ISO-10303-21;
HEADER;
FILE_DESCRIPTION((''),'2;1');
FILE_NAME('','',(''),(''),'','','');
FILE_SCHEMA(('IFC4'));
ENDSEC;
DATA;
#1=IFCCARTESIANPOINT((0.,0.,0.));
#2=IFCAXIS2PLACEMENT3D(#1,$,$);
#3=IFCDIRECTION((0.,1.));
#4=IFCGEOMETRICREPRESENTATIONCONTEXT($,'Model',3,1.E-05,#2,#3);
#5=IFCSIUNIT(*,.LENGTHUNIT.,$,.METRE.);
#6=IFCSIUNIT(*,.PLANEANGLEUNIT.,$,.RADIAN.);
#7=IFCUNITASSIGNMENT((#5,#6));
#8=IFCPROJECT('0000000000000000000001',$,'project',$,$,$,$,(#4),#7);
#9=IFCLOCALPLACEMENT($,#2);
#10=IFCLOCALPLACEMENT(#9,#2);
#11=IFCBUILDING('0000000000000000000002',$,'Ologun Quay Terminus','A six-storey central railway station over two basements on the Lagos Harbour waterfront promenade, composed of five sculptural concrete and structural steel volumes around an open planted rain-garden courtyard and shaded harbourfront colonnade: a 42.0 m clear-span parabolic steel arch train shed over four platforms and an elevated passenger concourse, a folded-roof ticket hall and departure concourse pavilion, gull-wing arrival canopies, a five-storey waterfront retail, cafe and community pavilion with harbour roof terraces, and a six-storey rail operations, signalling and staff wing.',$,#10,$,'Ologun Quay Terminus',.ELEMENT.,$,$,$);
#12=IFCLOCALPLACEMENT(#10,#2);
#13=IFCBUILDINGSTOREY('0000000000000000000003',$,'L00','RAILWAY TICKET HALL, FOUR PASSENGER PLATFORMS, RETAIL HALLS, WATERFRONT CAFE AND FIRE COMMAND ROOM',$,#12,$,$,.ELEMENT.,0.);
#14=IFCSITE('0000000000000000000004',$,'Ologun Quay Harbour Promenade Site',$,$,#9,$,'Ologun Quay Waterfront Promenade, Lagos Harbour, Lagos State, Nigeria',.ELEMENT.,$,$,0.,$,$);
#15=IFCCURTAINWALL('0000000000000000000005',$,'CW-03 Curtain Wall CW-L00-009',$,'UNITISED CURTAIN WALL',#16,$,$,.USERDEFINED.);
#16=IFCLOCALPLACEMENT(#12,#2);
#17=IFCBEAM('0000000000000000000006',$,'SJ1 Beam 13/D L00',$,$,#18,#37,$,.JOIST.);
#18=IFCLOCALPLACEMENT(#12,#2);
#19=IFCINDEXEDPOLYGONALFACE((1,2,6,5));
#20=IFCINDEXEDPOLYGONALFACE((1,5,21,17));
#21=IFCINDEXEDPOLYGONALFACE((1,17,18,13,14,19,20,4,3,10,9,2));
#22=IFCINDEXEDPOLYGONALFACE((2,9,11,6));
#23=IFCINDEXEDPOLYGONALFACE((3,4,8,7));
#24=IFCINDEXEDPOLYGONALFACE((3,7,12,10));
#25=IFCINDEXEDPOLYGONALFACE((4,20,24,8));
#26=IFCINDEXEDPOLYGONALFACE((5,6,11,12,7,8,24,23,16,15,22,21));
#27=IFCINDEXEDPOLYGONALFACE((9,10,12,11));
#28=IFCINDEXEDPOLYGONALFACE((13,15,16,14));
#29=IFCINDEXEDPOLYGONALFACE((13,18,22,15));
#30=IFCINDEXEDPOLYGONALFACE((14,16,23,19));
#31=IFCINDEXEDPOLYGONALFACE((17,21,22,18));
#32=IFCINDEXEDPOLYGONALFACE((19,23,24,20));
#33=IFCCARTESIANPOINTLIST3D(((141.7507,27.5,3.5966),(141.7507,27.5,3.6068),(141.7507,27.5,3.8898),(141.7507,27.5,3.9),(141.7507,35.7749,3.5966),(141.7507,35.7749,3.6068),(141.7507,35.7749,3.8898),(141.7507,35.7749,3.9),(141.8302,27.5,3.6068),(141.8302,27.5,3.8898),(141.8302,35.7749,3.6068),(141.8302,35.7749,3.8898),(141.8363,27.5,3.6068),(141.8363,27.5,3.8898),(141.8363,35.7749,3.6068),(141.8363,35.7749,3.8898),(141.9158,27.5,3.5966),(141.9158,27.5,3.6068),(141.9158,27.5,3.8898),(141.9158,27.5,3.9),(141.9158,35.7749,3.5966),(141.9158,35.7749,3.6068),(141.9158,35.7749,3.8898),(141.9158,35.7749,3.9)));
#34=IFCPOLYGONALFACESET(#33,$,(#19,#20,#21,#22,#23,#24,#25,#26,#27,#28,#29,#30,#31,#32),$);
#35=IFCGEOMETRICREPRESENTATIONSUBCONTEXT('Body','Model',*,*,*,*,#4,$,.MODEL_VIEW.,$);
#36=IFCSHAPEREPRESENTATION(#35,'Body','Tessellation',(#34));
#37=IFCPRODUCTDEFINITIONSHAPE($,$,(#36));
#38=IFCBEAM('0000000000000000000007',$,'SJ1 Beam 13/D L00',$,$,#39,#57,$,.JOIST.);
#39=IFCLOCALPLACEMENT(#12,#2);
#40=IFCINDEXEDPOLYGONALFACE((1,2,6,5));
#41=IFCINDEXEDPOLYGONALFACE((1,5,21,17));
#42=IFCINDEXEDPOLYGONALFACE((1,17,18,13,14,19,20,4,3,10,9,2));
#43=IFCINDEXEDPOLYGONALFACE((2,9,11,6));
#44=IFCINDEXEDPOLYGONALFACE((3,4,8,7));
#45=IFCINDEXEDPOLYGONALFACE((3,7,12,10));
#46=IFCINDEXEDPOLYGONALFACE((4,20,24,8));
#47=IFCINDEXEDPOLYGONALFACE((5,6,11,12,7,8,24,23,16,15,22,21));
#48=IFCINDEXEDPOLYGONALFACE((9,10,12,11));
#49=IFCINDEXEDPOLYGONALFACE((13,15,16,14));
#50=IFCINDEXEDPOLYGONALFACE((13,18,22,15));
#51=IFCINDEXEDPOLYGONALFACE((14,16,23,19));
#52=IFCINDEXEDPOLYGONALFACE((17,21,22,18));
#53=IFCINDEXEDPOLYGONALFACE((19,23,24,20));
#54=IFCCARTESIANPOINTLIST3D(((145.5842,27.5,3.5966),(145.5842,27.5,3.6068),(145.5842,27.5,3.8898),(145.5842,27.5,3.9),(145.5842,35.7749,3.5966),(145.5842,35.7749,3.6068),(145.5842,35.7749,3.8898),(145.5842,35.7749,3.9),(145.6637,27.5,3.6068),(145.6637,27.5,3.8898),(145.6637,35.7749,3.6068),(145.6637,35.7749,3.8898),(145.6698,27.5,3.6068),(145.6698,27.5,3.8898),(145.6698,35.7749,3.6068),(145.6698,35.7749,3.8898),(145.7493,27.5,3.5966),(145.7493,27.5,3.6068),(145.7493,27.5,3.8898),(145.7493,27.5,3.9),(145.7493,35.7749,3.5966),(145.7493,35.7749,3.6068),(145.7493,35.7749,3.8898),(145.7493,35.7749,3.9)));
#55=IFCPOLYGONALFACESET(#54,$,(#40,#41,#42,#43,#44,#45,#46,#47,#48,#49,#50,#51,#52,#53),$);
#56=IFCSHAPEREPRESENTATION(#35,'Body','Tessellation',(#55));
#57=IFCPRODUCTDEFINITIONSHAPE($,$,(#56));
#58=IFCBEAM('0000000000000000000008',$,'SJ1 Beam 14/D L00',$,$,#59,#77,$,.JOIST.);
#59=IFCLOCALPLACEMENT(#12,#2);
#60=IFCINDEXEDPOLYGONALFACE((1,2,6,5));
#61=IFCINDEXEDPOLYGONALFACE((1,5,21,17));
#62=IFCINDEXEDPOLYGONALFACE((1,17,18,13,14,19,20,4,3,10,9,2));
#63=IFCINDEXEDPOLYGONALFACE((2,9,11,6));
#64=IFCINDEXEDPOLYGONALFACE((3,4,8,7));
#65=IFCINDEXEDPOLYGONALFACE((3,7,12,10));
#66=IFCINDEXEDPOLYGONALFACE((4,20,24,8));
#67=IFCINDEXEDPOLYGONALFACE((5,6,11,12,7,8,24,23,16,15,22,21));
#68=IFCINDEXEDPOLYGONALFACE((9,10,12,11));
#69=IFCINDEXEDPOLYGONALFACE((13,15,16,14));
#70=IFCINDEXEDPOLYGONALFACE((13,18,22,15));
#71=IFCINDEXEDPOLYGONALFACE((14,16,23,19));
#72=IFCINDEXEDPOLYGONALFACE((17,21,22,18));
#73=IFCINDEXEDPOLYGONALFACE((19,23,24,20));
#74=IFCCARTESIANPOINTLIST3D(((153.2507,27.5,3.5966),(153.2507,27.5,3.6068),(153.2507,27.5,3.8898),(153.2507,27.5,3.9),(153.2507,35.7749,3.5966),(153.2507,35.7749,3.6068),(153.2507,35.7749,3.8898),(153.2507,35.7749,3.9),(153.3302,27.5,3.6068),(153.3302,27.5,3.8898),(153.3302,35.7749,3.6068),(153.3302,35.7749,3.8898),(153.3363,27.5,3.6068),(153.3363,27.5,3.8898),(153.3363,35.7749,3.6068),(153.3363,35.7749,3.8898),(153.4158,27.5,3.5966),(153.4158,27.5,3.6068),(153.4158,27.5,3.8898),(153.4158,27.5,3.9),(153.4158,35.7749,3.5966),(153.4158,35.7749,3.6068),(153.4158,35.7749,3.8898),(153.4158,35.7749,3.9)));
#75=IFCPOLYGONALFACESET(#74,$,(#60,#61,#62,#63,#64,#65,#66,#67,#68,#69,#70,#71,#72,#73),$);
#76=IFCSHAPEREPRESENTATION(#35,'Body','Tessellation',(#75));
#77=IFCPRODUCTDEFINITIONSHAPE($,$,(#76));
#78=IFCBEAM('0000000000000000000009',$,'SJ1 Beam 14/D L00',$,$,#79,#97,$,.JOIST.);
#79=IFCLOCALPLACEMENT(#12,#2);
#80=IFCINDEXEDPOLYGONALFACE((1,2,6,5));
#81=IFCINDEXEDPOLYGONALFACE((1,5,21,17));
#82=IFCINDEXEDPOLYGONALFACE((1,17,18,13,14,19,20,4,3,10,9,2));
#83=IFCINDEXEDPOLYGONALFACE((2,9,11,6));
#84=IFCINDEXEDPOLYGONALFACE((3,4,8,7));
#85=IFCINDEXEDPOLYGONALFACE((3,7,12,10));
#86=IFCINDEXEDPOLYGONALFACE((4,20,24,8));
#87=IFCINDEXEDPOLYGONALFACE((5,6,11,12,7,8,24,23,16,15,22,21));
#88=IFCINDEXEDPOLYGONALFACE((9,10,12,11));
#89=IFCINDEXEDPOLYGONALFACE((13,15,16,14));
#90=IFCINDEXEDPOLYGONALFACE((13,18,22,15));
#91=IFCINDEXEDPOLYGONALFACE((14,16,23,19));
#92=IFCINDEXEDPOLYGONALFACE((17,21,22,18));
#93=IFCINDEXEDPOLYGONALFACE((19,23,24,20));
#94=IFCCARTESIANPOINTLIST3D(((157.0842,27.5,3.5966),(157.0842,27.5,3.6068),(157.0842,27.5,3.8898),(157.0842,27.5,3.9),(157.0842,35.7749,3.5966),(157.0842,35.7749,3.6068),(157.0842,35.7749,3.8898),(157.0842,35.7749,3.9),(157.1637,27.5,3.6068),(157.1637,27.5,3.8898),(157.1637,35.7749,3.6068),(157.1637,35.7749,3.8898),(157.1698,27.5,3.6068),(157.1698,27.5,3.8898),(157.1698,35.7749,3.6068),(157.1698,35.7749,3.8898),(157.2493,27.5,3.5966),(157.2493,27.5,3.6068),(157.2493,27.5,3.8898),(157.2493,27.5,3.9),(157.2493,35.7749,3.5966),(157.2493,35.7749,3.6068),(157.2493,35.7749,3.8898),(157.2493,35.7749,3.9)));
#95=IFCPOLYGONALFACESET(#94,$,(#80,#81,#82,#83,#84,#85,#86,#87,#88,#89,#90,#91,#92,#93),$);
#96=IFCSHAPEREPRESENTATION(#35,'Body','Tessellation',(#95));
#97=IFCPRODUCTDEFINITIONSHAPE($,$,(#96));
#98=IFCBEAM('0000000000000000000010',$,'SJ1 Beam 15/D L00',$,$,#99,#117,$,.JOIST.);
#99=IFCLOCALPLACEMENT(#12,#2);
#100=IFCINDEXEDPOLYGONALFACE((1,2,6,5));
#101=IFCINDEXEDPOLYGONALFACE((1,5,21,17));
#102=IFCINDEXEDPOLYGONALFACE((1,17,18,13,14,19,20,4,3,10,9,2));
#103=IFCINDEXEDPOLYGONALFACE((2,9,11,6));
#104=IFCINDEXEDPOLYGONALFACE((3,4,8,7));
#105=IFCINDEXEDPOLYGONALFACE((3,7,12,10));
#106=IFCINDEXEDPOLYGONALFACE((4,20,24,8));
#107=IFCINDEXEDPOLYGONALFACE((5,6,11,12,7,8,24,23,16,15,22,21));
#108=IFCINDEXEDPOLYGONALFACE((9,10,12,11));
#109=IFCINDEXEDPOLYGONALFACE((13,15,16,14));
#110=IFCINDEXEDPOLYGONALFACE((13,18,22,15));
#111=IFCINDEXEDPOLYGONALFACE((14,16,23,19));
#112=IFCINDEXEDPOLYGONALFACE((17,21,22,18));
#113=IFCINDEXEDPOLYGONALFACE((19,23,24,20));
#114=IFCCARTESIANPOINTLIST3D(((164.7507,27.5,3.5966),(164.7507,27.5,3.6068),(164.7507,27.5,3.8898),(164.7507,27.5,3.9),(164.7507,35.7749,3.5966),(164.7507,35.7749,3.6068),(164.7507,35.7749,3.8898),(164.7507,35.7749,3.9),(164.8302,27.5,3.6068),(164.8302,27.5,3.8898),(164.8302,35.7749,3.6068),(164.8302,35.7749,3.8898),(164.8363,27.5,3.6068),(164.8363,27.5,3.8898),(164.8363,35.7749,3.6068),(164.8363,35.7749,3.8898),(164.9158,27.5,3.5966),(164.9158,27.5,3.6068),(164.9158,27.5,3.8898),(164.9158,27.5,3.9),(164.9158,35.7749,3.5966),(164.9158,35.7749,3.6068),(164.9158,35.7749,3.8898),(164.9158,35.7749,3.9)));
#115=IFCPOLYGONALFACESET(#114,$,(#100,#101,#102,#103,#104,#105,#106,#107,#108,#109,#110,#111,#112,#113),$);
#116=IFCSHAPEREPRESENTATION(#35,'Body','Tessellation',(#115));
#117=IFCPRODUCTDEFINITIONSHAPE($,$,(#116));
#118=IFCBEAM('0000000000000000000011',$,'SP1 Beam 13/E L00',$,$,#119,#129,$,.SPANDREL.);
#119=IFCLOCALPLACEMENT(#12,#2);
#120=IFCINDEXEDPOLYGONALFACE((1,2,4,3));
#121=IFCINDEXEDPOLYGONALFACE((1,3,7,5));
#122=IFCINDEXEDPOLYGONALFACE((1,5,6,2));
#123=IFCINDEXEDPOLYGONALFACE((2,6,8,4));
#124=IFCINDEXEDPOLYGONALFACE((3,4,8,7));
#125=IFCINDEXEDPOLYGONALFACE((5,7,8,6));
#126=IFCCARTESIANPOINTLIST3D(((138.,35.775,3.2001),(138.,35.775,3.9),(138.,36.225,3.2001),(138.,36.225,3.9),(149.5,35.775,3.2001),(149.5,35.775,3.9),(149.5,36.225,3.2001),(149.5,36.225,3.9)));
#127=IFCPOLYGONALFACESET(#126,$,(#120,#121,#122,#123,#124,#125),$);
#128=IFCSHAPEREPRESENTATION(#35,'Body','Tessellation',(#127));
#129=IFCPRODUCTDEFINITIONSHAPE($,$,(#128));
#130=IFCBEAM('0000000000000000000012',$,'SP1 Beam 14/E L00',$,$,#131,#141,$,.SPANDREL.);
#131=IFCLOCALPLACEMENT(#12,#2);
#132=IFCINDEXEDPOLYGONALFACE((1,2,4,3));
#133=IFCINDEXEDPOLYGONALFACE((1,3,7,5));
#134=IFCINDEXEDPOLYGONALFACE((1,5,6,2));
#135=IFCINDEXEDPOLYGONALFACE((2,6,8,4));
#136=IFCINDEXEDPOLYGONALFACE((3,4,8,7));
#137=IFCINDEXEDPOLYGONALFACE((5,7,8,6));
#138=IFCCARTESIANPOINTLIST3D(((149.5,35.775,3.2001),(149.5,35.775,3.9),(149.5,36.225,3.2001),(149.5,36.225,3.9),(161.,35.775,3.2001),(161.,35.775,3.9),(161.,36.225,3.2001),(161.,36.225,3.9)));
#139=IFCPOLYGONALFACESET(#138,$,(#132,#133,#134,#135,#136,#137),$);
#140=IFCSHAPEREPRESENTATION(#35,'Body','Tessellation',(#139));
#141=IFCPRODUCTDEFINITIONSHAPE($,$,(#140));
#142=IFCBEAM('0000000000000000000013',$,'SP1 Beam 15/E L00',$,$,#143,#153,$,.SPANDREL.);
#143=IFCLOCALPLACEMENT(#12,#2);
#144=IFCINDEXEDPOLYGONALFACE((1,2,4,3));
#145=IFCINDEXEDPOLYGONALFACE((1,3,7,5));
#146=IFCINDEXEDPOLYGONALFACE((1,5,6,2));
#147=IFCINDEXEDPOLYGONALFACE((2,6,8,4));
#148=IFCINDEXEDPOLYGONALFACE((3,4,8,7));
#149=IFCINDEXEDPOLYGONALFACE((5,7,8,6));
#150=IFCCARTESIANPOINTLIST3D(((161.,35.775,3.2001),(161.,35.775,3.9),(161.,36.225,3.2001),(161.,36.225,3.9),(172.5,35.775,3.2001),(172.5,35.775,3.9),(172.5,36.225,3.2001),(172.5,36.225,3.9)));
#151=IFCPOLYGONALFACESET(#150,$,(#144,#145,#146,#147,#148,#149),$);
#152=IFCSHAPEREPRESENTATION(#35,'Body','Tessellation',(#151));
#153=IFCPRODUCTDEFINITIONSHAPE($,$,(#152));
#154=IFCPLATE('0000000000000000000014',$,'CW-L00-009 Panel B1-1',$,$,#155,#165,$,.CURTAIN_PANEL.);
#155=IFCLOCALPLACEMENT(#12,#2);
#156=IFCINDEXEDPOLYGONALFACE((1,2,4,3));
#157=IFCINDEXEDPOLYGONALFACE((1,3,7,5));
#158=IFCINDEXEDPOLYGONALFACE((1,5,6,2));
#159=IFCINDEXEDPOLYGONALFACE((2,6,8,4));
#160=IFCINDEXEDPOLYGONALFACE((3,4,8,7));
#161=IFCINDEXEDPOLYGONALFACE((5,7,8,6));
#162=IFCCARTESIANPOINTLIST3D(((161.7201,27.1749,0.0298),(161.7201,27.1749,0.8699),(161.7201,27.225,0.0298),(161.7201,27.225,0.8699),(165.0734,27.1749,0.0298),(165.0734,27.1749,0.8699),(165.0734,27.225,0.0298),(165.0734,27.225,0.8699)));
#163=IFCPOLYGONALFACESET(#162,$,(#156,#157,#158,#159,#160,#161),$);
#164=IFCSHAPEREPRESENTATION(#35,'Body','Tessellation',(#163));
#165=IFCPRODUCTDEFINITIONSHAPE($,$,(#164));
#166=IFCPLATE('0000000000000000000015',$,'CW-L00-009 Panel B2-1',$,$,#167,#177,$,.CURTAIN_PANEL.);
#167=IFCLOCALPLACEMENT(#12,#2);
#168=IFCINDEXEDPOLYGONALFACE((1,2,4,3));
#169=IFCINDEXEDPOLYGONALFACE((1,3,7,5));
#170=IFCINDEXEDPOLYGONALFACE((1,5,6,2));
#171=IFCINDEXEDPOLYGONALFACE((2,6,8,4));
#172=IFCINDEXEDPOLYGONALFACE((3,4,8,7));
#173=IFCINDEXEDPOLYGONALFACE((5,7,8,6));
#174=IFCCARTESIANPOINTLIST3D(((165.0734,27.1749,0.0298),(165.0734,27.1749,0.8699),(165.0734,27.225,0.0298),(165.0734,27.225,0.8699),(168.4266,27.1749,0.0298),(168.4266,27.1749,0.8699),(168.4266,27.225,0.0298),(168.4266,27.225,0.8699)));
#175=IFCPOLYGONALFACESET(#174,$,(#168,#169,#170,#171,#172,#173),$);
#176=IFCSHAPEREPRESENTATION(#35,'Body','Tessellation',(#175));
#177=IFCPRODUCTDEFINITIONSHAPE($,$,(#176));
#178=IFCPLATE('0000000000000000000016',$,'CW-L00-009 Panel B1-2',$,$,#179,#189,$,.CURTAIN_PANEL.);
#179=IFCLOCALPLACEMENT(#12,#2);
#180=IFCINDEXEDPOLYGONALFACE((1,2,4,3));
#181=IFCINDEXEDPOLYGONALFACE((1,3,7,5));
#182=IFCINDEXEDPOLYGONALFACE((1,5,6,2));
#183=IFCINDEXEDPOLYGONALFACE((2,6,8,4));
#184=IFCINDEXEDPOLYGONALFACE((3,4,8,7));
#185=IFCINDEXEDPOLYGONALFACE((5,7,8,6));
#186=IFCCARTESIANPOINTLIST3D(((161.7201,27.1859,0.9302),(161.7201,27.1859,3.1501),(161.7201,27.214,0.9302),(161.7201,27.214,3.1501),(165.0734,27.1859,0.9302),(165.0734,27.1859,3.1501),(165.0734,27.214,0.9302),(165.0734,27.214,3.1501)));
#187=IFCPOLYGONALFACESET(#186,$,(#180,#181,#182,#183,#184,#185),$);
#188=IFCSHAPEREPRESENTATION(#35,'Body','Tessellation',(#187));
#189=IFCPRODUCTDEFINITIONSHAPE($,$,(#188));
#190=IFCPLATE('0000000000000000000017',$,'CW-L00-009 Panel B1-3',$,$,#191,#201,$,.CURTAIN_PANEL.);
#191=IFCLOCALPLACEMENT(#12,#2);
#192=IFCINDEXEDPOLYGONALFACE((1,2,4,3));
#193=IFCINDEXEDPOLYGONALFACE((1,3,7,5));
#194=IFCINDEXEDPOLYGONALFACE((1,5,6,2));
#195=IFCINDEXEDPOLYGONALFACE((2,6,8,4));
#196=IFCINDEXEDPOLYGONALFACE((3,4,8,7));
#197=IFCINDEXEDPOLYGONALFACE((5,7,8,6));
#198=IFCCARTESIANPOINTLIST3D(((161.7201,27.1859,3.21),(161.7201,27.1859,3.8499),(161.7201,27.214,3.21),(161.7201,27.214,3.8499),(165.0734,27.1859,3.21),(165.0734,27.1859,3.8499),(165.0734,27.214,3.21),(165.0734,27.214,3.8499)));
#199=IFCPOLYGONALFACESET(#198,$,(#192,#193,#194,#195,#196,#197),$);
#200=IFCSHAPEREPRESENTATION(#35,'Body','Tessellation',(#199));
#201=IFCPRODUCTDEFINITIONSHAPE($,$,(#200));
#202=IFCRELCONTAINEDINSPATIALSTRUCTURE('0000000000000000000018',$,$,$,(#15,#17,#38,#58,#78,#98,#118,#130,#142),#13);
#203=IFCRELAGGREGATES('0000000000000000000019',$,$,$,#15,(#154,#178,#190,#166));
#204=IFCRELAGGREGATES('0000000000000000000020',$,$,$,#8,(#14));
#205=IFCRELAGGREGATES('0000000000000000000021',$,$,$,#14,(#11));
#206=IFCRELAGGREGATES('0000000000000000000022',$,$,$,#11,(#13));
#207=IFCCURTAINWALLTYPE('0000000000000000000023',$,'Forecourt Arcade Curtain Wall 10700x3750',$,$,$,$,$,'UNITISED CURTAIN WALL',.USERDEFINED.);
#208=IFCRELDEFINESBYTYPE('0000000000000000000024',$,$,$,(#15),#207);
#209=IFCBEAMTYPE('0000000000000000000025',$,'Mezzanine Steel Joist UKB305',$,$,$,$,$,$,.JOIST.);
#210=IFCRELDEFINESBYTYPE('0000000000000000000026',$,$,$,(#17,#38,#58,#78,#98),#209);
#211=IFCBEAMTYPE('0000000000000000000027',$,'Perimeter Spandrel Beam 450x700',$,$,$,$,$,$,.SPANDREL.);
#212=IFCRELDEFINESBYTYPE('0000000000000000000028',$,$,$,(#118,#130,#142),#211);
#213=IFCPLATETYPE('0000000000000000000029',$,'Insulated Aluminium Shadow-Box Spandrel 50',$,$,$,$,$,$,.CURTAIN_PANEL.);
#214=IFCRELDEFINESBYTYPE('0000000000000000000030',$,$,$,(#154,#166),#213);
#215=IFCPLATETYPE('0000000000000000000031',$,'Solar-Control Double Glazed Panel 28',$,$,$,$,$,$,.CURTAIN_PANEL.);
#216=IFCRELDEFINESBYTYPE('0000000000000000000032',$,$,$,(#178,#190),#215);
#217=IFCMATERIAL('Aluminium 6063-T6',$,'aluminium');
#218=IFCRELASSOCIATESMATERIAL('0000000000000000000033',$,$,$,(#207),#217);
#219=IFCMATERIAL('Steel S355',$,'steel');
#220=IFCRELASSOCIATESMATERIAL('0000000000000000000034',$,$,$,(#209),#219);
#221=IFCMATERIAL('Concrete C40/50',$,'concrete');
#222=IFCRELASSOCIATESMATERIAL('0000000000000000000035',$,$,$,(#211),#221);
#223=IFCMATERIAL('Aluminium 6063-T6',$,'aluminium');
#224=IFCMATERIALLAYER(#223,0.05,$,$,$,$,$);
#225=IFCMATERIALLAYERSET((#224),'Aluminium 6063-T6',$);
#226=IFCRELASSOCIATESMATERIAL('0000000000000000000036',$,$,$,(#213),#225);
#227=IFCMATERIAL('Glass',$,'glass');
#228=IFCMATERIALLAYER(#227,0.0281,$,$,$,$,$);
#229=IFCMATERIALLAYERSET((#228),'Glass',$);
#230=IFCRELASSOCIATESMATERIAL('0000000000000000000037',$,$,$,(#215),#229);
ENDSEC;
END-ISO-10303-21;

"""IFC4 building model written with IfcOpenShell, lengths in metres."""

from ifc_helpers import new_model, si_unit, direction, frame, origin, origin_2d, place, context, subcontext, project, spatial, rectangle, i_section, extrude, material, layer, layer_set, material_profile, profile_set, type_object, element, aggregate, save


model = new_model("IFC4")

# Units and contexts
model_context = context("Model", 3, precision=1e-05, world=origin(), true_north=direction((0.0, 1.0)))
body_context = subcontext(model_context, "Body", "Model", "MODEL_VIEW")
ifc_project = project(units=[si_unit("LENGTHUNIT", "METRE"), si_unit("PLANEANGLEUNIT", "RADIAN")], contexts=[model_context])

# Site, building, storey
site_placement = place(None, origin())
site = spatial("IfcSite", under=ifc_project, at=site_placement, Name="Ologun Quay Harbour Promenade Site", LongName="Ologun Quay Waterfront Promenade, Lagos Harbour, Lagos State, Nigeria", CompositionType="ELEMENT", RefElevation=0.0)
building_placement = place(site_placement, origin())
building = spatial("IfcBuilding", under=site, at=building_placement, Name="Ologun Quay Terminus", Description="A six-storey central railway station over two basements on the Lagos Harbour waterfront promenade, composed of five sculptural concrete and structural steel volumes around an open planted rain-garden courtyard and shaded harbourfront colonnade: a 42.0 m clear-span parabolic steel arch train shed over four platforms and an elevated passenger concourse, a folded-roof ticket hall and departure concourse pavilion, gull-wing arrival canopies, a five-storey waterfront retail, cafe and community pavilion with harbour roof terraces, and a six-storey rail operations, signalling and staff wing.", LongName="Ologun Quay Terminus", CompositionType="ELEMENT")
storey_placement = place(building_placement, origin())
storey = spatial("IfcBuildingStorey", under=building, at=storey_placement, Name="L00", Description="RAILWAY TICKET HALL, FOUR PASSENGER PLATFORMS, RETAIL HALLS, WATERFRONT CAFE AND FIRE COMMAND ROOM", CompositionType="ELEMENT", Elevation=0.0)

# Curtain wall
ifc_material_1 = material(Name="Aluminium 6063-T6", Category="aluminium")
curtain_wall_type = type_object("IfcCurtainWallType", Name="Forecourt Arcade Curtain Wall 10700x3750", ElementType="UNITISED CURTAIN WALL", PredefinedType="USERDEFINED", material=ifc_material_1)
curtain_wall_placement = place(storey_placement, origin())
curtain_wall = element("IfcCurtainWall", 1, at=curtain_wall_placement, inside=storey, type_object=curtain_wall_type, Name="CW-03 Curtain Wall CW-L00-009", ObjectType="UNITISED CURTAIN WALL", PredefinedType="USERDEFINED")

# Beams
ifc_material_2 = material(Name="Steel S355", Category="steel")
ifc_material_profile_1 = material_profile(ifc_material_2, i_section(OverallWidth=0.165, OverallDepth=0.3035, WebThickness=0.0061, FlangeThickness=0.0103, at=origin_2d()), Name="UKB 305x165x40")
ifc_profile_set_1 = profile_set([ifc_material_profile_1], Name="Steel S355")
beam_type_1 = type_object("IfcBeamType", Name="Mezzanine Steel Joist UKB305", PredefinedType="JOIST", material=ifc_profile_set_1)
for number, where, z_axis, x_axis, name in (
    (2, (141.8333, 27.5, 3.7483), (0.0, 1.0, 0.0), (-1.0, 0.0, 0.0), "SJ1 Beam 13/D L00"),
    (3, (145.6667, 27.5, 3.7483), (0.0, 1.0, 0.0), (-1.0, 0.0, 0.0), "SJ1 Beam 13/D L00"),
    (4, (153.3333, 27.5, 3.7483), (0.0, 1.0, 0.0), (-1.0, 0.0, 0.0), "SJ1 Beam 14/D L00"),
    (5, (157.1667, 27.5, 3.7483), (0.0, 1.0, 0.0), (-1.0, 0.0, 0.0), "SJ1 Beam 14/D L00"),
    (6, (164.8333, 27.5, 3.7483), (0.0, 1.0, 0.0), (-1.0, 0.0, 0.0), "SJ1 Beam 15/D L00"),
):
    element("IfcBeam", number, at=place(storey_placement, frame(where, z_axis=z_axis, x_axis=x_axis)), inside=storey, type_object=beam_type_1, Name=name, PredefinedType="JOIST", context=body_context, shape_type="SweptSolid", body=[
        extrude(i_section(OverallWidth=0.165, OverallDepth=0.3035, WebThickness=0.0061, FlangeThickness=0.0103, at=origin_2d()), origin(), (0.0, 0.0, 1.0), 8.2749),
    ])
ifc_material_3 = material(Name="Concrete C40/50", Category="concrete")
ifc_material_profile_2 = material_profile(ifc_material_3, rectangle(XDim=0.45, YDim=0.7, at=origin_2d()), Name="RC 450x700")
ifc_profile_set_2 = profile_set([ifc_material_profile_2], Name="Concrete C40/50")
beam_type_2 = type_object("IfcBeamType", Name="Perimeter Spandrel Beam 450x700", PredefinedType="SPANDREL", material=ifc_profile_set_2)
for number, where, z_axis, x_axis, name in (
    (7, (138.0, 36.0, 3.55), (1.0, 0.0, 0.0), (0.0, 1.0, 0.0), "SP1 Beam 13/E L00"),
    (8, (149.5, 36.0, 3.55), (1.0, 0.0, 0.0), (0.0, 1.0, 0.0), "SP1 Beam 14/E L00"),
    (9, (161.0, 36.0, 3.55), (1.0, 0.0, 0.0), (0.0, 1.0, 0.0), "SP1 Beam 15/E L00"),
):
    element("IfcBeam", number, at=place(storey_placement, frame(where, z_axis=z_axis, x_axis=x_axis)), inside=storey, type_object=beam_type_2, Name=name, PredefinedType="SPANDREL", context=body_context, shape_type="SweptSolid", body=[
        extrude(rectangle(XDim=0.45, YDim=0.7, at=origin_2d()), origin(), (0.0, 0.0, 1.0), 11.5),
    ])

# Plates
ifc_material_4 = material(Name="Aluminium 6063-T6", Category="aluminium")
ifc_layer_1 = layer(ifc_material_4, 0.05)
ifc_layer_set_1 = layer_set([ifc_layer_1], Name="Aluminium 6063-T6")
plate_type_1 = type_object("IfcPlateType", Name="Insulated Aluminium Shadow-Box Spandrel 50", PredefinedType="CURTAIN_PANEL", material=ifc_layer_set_1)
plate_1_placement = place(storey_placement, frame((163.3967, 27.2, 0.0298), z_axis=(0.0, 0.0, 1.0), x_axis=(1.0, 0.0, 0.0)))
plate_1 = element("IfcPlate", 10, at=plate_1_placement, type_object=plate_type_1, Name="CW-L00-009 Panel B1-1", PredefinedType="CURTAIN_PANEL", context=body_context, shape_type="SweptSolid", body=[
    extrude(rectangle(XDim=3.3533, YDim=0.05, at=origin_2d()), origin(), (0.0, 0.0, 1.0), 0.8401),
])
plate_2_placement = place(storey_placement, frame((166.75, 27.2, 0.0298), z_axis=(0.0, 0.0, 1.0), x_axis=(1.0, 0.0, 0.0)))
plate_2 = element("IfcPlate", 11, at=plate_2_placement, type_object=plate_type_1, Name="CW-L00-009 Panel B2-1", PredefinedType="CURTAIN_PANEL", context=body_context, shape_type="SweptSolid", body=[
    extrude(rectangle(XDim=3.3533, YDim=0.05, at=origin_2d()), origin(), (0.0, 0.0, 1.0), 0.8401),
])
ifc_material_5 = material(Name="Glass", Category="glass")
ifc_layer_2 = layer(ifc_material_5, 0.0281)
ifc_layer_set_2 = layer_set([ifc_layer_2], Name="Glass")
plate_type_2 = type_object("IfcPlateType", Name="Solar-Control Double Glazed Panel 28", PredefinedType="CURTAIN_PANEL", material=ifc_layer_set_2)
plate_3_placement = place(storey_placement, frame((163.3967, 27.2, 0.9302), z_axis=(0.0, 0.0, 1.0), x_axis=(1.0, 0.0, 0.0)))
plate_3 = element("IfcPlate", 12, at=plate_3_placement, type_object=plate_type_2, Name="CW-L00-009 Panel B1-2", PredefinedType="CURTAIN_PANEL", context=body_context, shape_type="SweptSolid", body=[
    extrude(rectangle(XDim=3.3533, YDim=0.0281, at=origin_2d()), origin(), (0.0, 0.0, 1.0), 2.22),
])
plate_4_placement = place(storey_placement, frame((163.3967, 27.2, 3.21), z_axis=(0.0, 0.0, 1.0), x_axis=(1.0, 0.0, 0.0)))
plate_4 = element("IfcPlate", 13, at=plate_4_placement, type_object=plate_type_2, Name="CW-L00-009 Panel B1-3", PredefinedType="CURTAIN_PANEL", context=body_context, shape_type="SweptSolid", body=[
    extrude(rectangle(XDim=3.3533, YDim=0.0281, at=origin_2d()), origin(), (0.0, 0.0, 1.0), 0.6399),
])
aggregate(curtain_wall, [plate_1, plate_3, plate_4, plate_2])

save(model, "model.ifc")
